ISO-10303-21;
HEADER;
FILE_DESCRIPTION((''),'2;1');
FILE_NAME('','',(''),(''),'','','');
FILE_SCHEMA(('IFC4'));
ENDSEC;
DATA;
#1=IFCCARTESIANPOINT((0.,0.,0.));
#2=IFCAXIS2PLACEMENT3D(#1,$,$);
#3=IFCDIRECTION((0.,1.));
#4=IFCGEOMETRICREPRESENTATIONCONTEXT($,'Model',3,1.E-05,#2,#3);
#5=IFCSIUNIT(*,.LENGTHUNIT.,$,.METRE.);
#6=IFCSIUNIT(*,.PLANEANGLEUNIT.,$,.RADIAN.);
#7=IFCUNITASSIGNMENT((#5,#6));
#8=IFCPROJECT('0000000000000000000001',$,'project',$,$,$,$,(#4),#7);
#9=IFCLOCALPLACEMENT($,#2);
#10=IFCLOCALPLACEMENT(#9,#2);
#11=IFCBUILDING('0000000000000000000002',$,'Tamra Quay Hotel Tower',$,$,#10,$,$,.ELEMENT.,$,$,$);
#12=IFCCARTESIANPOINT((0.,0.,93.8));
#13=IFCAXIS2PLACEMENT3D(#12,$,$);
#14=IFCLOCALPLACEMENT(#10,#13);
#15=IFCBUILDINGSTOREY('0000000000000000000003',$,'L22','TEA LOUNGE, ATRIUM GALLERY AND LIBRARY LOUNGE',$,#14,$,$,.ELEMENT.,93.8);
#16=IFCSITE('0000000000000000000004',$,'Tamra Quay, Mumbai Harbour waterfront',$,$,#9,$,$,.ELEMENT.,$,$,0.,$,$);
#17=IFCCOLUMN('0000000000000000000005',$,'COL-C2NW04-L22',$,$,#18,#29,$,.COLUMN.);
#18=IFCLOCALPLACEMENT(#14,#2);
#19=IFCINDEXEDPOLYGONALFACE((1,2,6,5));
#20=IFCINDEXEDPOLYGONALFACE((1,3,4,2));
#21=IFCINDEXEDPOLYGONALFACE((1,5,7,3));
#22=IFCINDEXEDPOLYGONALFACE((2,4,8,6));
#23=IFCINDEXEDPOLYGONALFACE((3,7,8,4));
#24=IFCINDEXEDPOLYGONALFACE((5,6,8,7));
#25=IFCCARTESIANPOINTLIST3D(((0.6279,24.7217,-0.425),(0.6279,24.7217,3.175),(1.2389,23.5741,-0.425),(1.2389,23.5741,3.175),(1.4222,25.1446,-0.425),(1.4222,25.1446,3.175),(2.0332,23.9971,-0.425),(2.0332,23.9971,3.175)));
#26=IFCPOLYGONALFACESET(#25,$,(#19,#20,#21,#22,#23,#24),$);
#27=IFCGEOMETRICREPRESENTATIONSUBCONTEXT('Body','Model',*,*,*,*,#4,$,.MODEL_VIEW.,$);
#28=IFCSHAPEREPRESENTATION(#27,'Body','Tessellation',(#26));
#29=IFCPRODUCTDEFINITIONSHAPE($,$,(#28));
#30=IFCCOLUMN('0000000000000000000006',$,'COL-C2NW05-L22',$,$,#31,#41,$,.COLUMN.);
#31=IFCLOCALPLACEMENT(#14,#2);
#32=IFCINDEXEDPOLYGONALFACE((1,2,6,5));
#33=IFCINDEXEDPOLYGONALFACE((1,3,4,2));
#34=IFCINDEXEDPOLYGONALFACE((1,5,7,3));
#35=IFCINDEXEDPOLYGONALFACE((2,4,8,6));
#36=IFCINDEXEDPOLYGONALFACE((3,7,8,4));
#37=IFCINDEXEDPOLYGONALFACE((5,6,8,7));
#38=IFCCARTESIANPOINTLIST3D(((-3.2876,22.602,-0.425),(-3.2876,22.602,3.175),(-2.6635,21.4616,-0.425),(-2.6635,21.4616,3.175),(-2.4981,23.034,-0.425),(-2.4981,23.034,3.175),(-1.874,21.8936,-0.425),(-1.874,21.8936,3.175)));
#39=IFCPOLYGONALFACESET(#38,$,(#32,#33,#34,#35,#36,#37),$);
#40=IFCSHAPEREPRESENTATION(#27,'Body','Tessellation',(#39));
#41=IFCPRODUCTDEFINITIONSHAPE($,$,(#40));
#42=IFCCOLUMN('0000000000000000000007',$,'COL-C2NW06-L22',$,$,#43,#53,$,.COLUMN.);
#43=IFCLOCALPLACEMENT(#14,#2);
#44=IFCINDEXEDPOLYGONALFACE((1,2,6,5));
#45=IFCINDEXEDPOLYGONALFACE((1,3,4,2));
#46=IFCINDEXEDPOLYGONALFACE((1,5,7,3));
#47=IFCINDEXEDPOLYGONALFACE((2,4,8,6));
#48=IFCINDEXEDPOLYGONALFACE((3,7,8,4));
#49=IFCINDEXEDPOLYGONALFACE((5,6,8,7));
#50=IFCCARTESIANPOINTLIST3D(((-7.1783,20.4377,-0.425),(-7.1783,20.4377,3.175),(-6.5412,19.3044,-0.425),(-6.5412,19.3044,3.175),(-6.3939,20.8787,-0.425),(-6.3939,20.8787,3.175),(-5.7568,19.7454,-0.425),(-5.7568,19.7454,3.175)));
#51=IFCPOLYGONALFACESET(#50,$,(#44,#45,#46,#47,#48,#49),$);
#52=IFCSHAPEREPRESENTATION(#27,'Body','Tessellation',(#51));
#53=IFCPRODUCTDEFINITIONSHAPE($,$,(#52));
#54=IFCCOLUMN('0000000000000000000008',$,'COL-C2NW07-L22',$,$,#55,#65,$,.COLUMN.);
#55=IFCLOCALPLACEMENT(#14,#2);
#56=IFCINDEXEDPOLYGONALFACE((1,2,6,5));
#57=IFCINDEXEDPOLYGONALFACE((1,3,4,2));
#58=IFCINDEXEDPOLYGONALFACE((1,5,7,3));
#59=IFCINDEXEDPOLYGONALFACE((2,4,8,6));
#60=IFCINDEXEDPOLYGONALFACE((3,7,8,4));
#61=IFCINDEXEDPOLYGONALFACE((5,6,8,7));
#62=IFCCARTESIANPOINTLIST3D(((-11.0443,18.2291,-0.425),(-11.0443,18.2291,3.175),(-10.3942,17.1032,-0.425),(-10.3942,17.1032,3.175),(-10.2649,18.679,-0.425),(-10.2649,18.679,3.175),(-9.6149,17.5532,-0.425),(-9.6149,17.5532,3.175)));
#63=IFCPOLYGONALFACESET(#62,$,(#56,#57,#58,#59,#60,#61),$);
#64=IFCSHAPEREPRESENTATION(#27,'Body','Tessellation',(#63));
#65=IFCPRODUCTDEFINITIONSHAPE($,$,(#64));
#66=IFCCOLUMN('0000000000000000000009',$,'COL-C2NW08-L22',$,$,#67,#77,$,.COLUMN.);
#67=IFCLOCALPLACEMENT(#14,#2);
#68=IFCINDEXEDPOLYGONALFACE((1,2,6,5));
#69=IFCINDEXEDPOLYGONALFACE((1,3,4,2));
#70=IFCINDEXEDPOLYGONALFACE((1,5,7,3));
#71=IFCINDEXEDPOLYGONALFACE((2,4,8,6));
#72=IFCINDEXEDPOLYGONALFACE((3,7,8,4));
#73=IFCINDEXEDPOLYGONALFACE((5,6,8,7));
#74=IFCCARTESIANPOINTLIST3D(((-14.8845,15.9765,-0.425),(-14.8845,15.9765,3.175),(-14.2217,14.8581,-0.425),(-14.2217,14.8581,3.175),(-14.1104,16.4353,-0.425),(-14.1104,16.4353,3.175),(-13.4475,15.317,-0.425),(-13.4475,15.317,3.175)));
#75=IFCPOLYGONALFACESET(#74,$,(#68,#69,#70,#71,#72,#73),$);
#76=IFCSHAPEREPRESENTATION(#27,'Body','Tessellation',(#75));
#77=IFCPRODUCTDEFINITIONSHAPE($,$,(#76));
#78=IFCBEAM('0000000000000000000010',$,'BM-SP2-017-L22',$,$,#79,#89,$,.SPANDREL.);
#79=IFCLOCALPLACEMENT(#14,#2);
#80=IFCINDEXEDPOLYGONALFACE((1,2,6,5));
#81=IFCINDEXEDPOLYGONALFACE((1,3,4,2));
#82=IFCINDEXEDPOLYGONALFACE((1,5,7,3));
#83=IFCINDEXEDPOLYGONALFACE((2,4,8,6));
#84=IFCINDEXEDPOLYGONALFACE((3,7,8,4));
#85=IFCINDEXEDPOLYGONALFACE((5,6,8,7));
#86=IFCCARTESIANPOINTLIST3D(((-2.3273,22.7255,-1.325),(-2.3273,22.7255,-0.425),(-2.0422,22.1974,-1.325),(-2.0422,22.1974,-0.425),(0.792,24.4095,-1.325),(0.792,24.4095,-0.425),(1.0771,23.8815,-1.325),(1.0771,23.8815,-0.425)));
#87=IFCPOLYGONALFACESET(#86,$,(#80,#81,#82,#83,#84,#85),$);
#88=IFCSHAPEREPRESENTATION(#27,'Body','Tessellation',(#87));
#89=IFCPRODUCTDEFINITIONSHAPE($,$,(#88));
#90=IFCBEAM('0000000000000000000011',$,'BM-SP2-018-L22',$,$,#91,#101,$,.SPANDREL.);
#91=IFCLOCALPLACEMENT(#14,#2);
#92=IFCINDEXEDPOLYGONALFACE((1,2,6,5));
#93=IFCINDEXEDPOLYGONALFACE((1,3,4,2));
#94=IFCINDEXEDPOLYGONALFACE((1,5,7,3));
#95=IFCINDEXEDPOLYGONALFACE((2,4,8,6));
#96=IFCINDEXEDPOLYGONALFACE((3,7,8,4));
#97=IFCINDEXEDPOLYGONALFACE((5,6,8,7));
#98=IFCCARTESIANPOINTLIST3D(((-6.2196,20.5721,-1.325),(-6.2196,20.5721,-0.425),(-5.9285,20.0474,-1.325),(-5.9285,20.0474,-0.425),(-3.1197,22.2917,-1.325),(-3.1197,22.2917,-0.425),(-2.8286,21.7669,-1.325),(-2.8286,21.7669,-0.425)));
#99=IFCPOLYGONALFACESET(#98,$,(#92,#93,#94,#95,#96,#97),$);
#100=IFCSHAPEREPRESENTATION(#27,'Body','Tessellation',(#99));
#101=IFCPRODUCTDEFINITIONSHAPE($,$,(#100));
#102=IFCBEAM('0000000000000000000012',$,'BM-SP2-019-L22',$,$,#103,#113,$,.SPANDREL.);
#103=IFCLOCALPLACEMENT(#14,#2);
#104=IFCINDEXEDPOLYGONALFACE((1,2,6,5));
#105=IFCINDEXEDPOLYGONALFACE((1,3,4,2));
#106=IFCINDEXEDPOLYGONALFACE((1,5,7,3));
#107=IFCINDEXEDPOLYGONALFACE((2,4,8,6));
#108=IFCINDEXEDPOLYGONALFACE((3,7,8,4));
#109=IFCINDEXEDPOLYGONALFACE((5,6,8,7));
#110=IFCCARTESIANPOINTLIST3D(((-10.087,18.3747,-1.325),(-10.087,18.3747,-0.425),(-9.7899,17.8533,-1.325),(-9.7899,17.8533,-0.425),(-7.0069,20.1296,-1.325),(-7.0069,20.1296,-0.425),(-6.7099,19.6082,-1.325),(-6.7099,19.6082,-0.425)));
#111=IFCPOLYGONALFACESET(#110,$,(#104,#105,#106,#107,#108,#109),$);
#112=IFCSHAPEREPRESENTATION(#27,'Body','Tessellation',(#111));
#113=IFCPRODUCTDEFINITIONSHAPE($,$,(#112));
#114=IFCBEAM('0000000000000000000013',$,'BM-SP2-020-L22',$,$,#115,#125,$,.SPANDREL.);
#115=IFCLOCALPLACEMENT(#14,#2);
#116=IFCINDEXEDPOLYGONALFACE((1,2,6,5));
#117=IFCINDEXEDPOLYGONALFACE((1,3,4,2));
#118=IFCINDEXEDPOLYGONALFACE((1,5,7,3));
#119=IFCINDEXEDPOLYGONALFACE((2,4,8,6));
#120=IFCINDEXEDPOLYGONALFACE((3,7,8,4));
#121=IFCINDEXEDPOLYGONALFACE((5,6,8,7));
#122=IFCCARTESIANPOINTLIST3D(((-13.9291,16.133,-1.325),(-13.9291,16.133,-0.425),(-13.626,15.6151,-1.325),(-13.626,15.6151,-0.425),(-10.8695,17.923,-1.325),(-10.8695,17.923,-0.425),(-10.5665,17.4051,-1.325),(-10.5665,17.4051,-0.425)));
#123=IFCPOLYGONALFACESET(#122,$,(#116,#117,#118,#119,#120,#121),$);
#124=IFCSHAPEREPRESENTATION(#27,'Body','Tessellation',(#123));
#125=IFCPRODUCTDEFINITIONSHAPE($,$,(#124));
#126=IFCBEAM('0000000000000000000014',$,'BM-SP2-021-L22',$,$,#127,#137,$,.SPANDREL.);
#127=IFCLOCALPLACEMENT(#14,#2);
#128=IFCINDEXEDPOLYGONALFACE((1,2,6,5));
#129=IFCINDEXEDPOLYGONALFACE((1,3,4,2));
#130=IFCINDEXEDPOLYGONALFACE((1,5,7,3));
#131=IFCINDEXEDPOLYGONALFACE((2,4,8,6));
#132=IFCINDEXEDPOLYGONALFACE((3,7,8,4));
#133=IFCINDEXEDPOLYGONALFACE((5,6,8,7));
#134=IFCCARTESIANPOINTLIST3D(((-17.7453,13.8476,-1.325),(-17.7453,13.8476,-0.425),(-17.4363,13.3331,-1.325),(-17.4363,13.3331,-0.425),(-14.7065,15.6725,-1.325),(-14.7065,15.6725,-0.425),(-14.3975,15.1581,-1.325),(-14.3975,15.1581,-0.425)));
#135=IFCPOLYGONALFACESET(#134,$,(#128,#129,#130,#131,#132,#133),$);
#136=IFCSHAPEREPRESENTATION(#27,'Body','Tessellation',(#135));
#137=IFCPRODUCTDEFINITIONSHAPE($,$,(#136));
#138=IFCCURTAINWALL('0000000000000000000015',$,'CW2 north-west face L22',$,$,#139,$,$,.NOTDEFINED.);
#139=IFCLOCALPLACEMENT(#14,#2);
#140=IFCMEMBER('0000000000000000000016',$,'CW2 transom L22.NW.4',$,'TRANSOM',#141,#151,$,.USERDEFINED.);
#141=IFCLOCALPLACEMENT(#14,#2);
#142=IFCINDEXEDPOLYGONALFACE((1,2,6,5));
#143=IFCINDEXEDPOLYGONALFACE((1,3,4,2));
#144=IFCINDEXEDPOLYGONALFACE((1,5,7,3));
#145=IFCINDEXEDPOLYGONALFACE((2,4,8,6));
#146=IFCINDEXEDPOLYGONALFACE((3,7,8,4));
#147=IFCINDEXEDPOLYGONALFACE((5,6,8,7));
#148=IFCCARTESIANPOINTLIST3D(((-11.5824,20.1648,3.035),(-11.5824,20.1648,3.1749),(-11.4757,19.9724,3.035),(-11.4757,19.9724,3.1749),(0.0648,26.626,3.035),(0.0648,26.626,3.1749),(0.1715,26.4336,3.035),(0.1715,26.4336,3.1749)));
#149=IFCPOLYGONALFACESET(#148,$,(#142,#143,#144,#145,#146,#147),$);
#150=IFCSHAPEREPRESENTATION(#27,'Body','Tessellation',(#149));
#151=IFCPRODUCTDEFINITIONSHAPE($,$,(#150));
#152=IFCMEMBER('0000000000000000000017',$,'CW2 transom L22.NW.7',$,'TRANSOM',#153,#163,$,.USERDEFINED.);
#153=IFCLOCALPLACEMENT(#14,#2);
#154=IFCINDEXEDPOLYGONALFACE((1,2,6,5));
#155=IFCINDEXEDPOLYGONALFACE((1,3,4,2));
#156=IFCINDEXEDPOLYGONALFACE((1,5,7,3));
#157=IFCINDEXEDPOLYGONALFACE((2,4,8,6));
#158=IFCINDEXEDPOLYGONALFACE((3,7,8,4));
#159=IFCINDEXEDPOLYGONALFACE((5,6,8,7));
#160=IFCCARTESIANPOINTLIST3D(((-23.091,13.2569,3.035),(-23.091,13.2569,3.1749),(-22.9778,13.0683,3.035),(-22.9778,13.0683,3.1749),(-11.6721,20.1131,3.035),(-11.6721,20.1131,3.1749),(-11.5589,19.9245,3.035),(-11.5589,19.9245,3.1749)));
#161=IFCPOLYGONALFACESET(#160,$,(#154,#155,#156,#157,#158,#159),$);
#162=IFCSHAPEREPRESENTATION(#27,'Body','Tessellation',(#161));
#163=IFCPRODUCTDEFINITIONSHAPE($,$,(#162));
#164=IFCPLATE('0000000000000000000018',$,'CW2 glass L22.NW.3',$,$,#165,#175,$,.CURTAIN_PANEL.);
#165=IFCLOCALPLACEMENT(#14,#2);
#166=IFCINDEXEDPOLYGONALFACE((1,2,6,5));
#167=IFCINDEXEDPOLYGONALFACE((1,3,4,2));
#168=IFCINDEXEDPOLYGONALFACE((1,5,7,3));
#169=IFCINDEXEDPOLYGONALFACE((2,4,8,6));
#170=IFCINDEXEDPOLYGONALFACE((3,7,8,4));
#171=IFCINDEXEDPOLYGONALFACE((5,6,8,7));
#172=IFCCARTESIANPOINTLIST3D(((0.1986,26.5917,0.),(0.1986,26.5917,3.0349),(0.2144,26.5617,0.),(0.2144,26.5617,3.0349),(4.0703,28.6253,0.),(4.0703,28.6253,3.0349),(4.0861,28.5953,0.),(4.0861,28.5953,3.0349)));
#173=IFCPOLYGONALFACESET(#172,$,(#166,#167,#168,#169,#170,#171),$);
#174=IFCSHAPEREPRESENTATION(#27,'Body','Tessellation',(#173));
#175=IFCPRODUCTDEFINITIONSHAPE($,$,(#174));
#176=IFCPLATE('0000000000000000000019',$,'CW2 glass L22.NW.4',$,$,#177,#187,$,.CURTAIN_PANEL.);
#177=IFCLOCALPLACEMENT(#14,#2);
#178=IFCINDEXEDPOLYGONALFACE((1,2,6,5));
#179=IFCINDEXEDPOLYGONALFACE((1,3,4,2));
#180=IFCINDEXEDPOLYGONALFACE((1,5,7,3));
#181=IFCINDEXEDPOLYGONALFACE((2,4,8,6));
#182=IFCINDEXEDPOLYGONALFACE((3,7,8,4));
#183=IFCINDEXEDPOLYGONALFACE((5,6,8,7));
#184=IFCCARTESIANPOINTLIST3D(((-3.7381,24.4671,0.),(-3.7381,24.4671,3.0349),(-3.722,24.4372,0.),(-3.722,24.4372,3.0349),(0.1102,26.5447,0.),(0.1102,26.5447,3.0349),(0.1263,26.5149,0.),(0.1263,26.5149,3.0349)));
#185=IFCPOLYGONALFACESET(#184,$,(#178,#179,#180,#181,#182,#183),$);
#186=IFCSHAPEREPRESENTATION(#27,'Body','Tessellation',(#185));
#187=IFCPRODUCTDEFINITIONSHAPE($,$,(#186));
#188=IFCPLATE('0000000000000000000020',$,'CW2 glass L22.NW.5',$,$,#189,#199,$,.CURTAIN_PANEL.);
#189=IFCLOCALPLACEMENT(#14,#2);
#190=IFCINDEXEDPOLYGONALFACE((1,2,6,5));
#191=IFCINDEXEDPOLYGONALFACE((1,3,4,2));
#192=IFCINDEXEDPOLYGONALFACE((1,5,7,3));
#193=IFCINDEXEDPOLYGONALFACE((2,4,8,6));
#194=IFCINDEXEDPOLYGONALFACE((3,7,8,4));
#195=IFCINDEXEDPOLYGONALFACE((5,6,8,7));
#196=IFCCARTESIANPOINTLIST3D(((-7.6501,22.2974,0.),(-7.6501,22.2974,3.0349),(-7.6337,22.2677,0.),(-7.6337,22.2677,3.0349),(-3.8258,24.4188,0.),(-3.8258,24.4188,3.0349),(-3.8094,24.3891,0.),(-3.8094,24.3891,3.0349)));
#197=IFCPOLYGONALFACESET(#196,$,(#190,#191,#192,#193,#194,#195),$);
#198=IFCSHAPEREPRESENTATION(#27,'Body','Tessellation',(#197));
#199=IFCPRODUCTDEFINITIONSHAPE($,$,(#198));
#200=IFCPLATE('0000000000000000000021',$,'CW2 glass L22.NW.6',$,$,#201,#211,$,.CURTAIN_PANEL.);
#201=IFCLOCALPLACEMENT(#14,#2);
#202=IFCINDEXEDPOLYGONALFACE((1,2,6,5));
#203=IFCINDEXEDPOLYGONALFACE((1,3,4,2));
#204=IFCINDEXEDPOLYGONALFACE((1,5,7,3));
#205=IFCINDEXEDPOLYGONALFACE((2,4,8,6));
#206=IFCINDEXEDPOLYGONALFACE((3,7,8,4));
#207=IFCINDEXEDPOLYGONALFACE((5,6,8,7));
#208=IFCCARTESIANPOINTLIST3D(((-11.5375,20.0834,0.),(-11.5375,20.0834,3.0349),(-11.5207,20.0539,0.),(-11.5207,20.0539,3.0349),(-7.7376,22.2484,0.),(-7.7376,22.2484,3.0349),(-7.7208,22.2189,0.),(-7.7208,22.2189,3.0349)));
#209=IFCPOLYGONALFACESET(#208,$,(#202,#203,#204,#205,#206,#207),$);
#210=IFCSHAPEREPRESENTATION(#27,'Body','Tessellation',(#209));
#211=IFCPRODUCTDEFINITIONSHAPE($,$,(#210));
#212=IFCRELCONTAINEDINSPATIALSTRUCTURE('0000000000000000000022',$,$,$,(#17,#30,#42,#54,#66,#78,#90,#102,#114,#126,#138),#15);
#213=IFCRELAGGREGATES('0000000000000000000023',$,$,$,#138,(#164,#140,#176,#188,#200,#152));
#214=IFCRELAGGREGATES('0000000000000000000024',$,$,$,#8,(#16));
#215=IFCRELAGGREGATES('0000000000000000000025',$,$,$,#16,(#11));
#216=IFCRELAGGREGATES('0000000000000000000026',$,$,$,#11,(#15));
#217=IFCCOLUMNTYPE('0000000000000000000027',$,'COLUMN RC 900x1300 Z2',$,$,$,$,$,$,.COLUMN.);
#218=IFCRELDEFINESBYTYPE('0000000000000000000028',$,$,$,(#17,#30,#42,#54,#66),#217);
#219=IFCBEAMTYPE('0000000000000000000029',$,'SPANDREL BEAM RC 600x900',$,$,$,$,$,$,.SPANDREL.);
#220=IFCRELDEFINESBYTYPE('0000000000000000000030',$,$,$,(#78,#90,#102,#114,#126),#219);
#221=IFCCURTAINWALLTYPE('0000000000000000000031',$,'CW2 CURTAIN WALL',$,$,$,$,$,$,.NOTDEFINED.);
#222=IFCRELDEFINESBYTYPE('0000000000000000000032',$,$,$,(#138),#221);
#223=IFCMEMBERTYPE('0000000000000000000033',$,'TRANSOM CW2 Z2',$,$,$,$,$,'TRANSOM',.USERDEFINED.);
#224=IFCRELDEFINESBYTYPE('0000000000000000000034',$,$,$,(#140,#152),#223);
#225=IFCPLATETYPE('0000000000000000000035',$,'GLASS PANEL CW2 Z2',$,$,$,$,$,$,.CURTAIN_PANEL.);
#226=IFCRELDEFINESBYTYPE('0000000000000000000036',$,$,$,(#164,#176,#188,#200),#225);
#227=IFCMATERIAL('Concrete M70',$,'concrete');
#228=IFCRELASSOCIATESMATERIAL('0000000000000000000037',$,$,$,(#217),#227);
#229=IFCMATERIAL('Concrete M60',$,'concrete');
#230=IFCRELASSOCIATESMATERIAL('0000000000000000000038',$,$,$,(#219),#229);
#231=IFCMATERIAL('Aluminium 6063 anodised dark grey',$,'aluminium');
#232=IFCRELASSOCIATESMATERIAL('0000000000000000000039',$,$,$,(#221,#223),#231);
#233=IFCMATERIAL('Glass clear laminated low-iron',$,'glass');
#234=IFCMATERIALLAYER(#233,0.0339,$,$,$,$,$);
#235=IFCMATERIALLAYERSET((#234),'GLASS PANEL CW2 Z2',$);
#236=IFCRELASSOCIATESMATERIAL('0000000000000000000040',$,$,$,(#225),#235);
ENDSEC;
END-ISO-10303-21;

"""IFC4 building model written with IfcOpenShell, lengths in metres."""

from ifc_helpers import new_model, si_unit, direction, frame, origin, origin_2d, place, context, subcontext, project, spatial, rectangle, extrude, material, layer, layer_set, material_profile, profile_set, type_object, element, aggregate, save


model = new_model("IFC4")

# Units and contexts
model_context = context("Model", 3, precision=1e-05, world=origin(), true_north=direction((0.0, 1.0)))
body_context = subcontext(model_context, "Body", "Model", "MODEL_VIEW")
ifc_project = project(units=[si_unit("LENGTHUNIT", "METRE"), si_unit("PLANEANGLEUNIT", "RADIAN")], contexts=[model_context])

# Site, building, storey
site_placement = place(None, origin())
site = spatial("IfcSite", under=ifc_project, at=site_placement, Name="Tamra Quay, Mumbai Harbour waterfront", CompositionType="ELEMENT", RefElevation=0.0)
building_placement = place(site_placement, origin())
building = spatial("IfcBuilding", under=site, at=building_placement, Name="Tamra Quay Hotel Tower", CompositionType="ELEMENT")
storey_placement = place(building_placement, frame((0.0, 0.0, 93.8)))
storey = spatial("IfcBuildingStorey", under=building, at=storey_placement, Name="L22", Description="TEA LOUNGE, ATRIUM GALLERY AND LIBRARY LOUNGE", CompositionType="ELEMENT", Elevation=93.8)

# Columns
ifc_material_1 = material(Name="Concrete M70", Category="concrete")
ifc_material_profile_1 = material_profile(ifc_material_1, rectangle(XDim=1.3, YDim=0.8999, at=origin_2d()), Name="COLUMN RC 900x1300 Z2")
ifc_profile_set_1 = profile_set([ifc_material_profile_1], Name="Concrete M70")
column_type = type_object("IfcColumnType", Name="COLUMN RC 900x1300 Z2", PredefinedType="COLUMN", material=ifc_profile_set_1)
for number, where, z_axis, x_axis, name in (
    (1, (1.3306, 24.3594, -0.425), (0.0, 0.0, 1.0), (-0.470002, 0.882666, 0.0), "COL-C2NW04-L22"),
    (2, (-2.5808, 22.2478, -0.425), (0.0, 0.0, 1.0), (-0.48006, 0.877236, 0.0), "COL-C2NW05-L22"),
    (3, (-6.4675, 20.0916, -0.425), (0.0, 0.0, 1.0), (-0.490061, 0.871688, 0.0), "COL-C2NW06-L22"),
    (4, (-10.3296, 17.8911, -0.425), (0.0, 0.0, 1.0), (-0.5, 0.866025, 0.0), "COL-C2NW07-L22"),
    (5, (-14.166, 15.6467, -0.425), (0.0, 0.0, 1.0), (-0.509873, 0.860249, 0.0), "COL-C2NW08-L22"),
):
    element("IfcColumn", number, at=place(storey_placement, frame(where, z_axis=z_axis, x_axis=x_axis)), inside=storey, type_object=column_type, Name=name, PredefinedType="COLUMN", context=body_context, shape_type="SweptSolid", body=[
        extrude(rectangle(XDim=1.3, YDim=0.8999, at=origin_2d()), origin(), (0.0, 0.0, 1.0), 3.6001),
    ])

# Beams
ifc_material_2 = material(Name="Concrete M60", Category="concrete")
ifc_material_profile_2 = material_profile(ifc_material_2, rectangle(XDim=0.6001, YDim=0.8999, at=origin_2d()), Name="SPANDREL BEAM RC 600x900")
ifc_profile_set_2 = profile_set([ifc_material_profile_2], Name="Concrete M60")
beam_type = type_object("IfcBeamType", Name="SPANDREL BEAM RC 600x900", PredefinedType="SPANDREL", material=ifc_profile_set_2)
for number, where, z_axis, x_axis, name in (
    (6, (0.9346, 24.1455, -0.875), (-0.879951, -0.475065, 0.0), (0.475065, -0.879951, 0.0), "BM-SP2-017-L22"),
    (7, (-2.9741, 22.0293, -0.875), (-0.874475, -0.48507, 0.0), (0.48507, -0.874475, 0.0), "BM-SP2-018-L22"),
    (8, (-6.8584, 19.8689, -0.875), (-0.86887, -0.495041, 0.0), (0.495041, -0.86887, 0.0), "BM-SP2-019-L22"),
):
    element("IfcBeam", number, at=place(storey_placement, frame(where, z_axis=z_axis, x_axis=x_axis)), inside=storey, type_object=beam_type, Name=name, PredefinedType="SPANDREL", context=body_context, shape_type="SweptSolid", body=[
        extrude(rectangle(XDim=0.6001, YDim=0.8999, at=origin_2d()), origin(), (0.0, 0.0, 1.0), 3.5449),
    ])
for number, where, z_axis, x_axis, name in (
    (9, (-10.718, 17.6641, -0.875), (-0.863129, -0.504984, 0.0), (0.504984, -0.863129, 0.0), "BM-SP2-020-L22"),
    (10, (-14.552, 15.4153, -0.875), (-0.857286, -0.51484, 0.0), (0.51484, -0.857286, 0.0), "BM-SP2-021-L22"),
):
    element("IfcBeam", number, at=place(storey_placement, frame(where, z_axis=z_axis, x_axis=x_axis)), inside=storey, type_object=beam_type, Name=name, PredefinedType="SPANDREL", context=body_context, shape_type="SweptSolid", body=[
        extrude(rectangle(XDim=0.6001, YDim=0.8999, at=origin_2d()), origin(), (0.0, 0.0, 1.0), 3.5447),
    ])

# Curtain wall, members, plates
ifc_material_3 = material(Name="Aluminium 6063 anodised dark grey", Category="aluminium")
curtain_wall_type = type_object("IfcCurtainWallType", Name="CW2 CURTAIN WALL", PredefinedType="NOTDEFINED", material=ifc_material_3)
curtain_wall_placement = place(storey_placement, origin())
curtain_wall = element("IfcCurtainWall", 11, at=curtain_wall_placement, inside=storey, type_object=curtain_wall_type, Name="CW2 north-west face L22", PredefinedType="NOTDEFINED")
ifc_material_profile_3 = material_profile(ifc_material_3, rectangle(XDim=0.22, YDim=0.1399, at=origin_2d()), Name="TRANSOM 220X140")
ifc_profile_set_3 = profile_set([ifc_material_profile_3], Name="Aluminium 6063 anodised dark grey")
member_type = type_object("IfcMemberType", Name="TRANSOM CW2 Z2", ElementType="TRANSOM", PredefinedType="USERDEFINED", material=ifc_profile_set_3)
member_1_placement = place(storey_placement, frame((0.1182, 26.5298, 3.105), z_axis=(-0.87446, -0.485098, 0.0), x_axis=(0.485098, -0.87446, 0.0)))
member_1 = element("IfcMember", 12, at=member_1_placement, type_object=member_type, Name="CW2 transom L22.NW.4", ObjectType="TRANSOM", PredefinedType="USERDEFINED", context=body_context, shape_type="SweptSolid", body=[
    extrude(rectangle(XDim=0.22, YDim=0.1399, at=origin_2d()), origin(), (0.0, 0.0, 1.0), 13.3193),
])
member_2_placement = place(storey_placement, frame((-11.6155, 20.0188, 3.105), z_axis=(-0.857333, -0.514763, 0.0), x_axis=(0.514763, -0.857333, 0.0)))
member_2 = element("IfcMember", 13, at=member_2_placement, type_object=member_type, Name="CW2 transom L22.NW.7", ObjectType="TRANSOM", PredefinedType="USERDEFINED", context=body_context, shape_type="SweptSolid", body=[
    extrude(rectangle(XDim=0.22, YDim=0.1399, at=origin_2d()), origin(), (0.0, 0.0, 1.0), 13.3191),
])
ifc_material_4 = material(Name="Glass clear laminated low-iron", Category="glass")
ifc_layer_1 = layer(ifc_material_4, 0.0339)
ifc_layer_set_1 = layer_set([ifc_layer_1], Name="GLASS PANEL CW2 Z2")
plate_type = type_object("IfcPlateType", Name="GLASS PANEL CW2 Z2", PredefinedType="CURTAIN_PANEL", material=ifc_layer_set_1)
plate_1_placement = place(storey_placement, frame((2.1423, 27.5935, 0.0), z_axis=(0.0, 0.0, 1.0), x_axis=(-0.885306, -0.465009, 0.0)))
plate_1 = element("IfcPlate", 14, at=plate_1_placement, type_object=plate_type, Name="CW2 glass L22.NW.3", PredefinedType="CURTAIN_PANEL", context=body_context, shape_type="SweptSolid", body=[
    extrude(rectangle(XDim=4.3733, YDim=0.0339, at=origin_2d()), origin(), (0.0, 0.0, 1.0), 3.0349),
])
plate_2_placement = place(storey_placement, frame((-1.8059, 25.491, 0.0), z_axis=(0.0, 0.0, 1.0), x_axis=(-0.879946, -0.475074, 0.0)))
plate_2 = element("IfcPlate", 15, at=plate_2_placement, type_object=plate_type, Name="CW2 glass L22.NW.4", PredefinedType="CURTAIN_PANEL", context=body_context, shape_type="SweptSolid", body=[
    extrude(rectangle(XDim=4.3733, YDim=0.0339, at=origin_2d()), origin(), (0.0, 0.0, 1.0), 3.0349),
])
plate_3_placement = place(storey_placement, frame((-5.7297, 23.3433, 0.0), z_axis=(0.0, 0.0, 1.0), x_axis=(-0.874465, -0.485088, 0.0)))
plate_3 = element("IfcPlate", 16, at=plate_3_placement, type_object=plate_type, Name="CW2 glass L22.NW.5", PredefinedType="CURTAIN_PANEL", context=body_context, shape_type="SweptSolid", body=[
    extrude(rectangle(XDim=4.3733, YDim=0.0339, at=origin_2d()), origin(), (0.0, 0.0, 1.0), 3.0349),
])
plate_4_placement = place(storey_placement, frame((-9.6292, 21.1511, 0.0), z_axis=(0.0, 0.0, 1.0), x_axis=(-0.868868, -0.495045, 0.0)))
plate_4 = element("IfcPlate", 17, at=plate_4_placement, type_object=plate_type, Name="CW2 glass L22.NW.6", PredefinedType="CURTAIN_PANEL", context=body_context, shape_type="SweptSolid", body=[
    extrude(rectangle(XDim=4.3733, YDim=0.0339, at=origin_2d()), origin(), (0.0, 0.0, 1.0), 3.0349),
])
aggregate(curtain_wall, [plate_1, member_1, plate_2, plate_3, plate_4, member_2])

save(model, "model.ifc")
